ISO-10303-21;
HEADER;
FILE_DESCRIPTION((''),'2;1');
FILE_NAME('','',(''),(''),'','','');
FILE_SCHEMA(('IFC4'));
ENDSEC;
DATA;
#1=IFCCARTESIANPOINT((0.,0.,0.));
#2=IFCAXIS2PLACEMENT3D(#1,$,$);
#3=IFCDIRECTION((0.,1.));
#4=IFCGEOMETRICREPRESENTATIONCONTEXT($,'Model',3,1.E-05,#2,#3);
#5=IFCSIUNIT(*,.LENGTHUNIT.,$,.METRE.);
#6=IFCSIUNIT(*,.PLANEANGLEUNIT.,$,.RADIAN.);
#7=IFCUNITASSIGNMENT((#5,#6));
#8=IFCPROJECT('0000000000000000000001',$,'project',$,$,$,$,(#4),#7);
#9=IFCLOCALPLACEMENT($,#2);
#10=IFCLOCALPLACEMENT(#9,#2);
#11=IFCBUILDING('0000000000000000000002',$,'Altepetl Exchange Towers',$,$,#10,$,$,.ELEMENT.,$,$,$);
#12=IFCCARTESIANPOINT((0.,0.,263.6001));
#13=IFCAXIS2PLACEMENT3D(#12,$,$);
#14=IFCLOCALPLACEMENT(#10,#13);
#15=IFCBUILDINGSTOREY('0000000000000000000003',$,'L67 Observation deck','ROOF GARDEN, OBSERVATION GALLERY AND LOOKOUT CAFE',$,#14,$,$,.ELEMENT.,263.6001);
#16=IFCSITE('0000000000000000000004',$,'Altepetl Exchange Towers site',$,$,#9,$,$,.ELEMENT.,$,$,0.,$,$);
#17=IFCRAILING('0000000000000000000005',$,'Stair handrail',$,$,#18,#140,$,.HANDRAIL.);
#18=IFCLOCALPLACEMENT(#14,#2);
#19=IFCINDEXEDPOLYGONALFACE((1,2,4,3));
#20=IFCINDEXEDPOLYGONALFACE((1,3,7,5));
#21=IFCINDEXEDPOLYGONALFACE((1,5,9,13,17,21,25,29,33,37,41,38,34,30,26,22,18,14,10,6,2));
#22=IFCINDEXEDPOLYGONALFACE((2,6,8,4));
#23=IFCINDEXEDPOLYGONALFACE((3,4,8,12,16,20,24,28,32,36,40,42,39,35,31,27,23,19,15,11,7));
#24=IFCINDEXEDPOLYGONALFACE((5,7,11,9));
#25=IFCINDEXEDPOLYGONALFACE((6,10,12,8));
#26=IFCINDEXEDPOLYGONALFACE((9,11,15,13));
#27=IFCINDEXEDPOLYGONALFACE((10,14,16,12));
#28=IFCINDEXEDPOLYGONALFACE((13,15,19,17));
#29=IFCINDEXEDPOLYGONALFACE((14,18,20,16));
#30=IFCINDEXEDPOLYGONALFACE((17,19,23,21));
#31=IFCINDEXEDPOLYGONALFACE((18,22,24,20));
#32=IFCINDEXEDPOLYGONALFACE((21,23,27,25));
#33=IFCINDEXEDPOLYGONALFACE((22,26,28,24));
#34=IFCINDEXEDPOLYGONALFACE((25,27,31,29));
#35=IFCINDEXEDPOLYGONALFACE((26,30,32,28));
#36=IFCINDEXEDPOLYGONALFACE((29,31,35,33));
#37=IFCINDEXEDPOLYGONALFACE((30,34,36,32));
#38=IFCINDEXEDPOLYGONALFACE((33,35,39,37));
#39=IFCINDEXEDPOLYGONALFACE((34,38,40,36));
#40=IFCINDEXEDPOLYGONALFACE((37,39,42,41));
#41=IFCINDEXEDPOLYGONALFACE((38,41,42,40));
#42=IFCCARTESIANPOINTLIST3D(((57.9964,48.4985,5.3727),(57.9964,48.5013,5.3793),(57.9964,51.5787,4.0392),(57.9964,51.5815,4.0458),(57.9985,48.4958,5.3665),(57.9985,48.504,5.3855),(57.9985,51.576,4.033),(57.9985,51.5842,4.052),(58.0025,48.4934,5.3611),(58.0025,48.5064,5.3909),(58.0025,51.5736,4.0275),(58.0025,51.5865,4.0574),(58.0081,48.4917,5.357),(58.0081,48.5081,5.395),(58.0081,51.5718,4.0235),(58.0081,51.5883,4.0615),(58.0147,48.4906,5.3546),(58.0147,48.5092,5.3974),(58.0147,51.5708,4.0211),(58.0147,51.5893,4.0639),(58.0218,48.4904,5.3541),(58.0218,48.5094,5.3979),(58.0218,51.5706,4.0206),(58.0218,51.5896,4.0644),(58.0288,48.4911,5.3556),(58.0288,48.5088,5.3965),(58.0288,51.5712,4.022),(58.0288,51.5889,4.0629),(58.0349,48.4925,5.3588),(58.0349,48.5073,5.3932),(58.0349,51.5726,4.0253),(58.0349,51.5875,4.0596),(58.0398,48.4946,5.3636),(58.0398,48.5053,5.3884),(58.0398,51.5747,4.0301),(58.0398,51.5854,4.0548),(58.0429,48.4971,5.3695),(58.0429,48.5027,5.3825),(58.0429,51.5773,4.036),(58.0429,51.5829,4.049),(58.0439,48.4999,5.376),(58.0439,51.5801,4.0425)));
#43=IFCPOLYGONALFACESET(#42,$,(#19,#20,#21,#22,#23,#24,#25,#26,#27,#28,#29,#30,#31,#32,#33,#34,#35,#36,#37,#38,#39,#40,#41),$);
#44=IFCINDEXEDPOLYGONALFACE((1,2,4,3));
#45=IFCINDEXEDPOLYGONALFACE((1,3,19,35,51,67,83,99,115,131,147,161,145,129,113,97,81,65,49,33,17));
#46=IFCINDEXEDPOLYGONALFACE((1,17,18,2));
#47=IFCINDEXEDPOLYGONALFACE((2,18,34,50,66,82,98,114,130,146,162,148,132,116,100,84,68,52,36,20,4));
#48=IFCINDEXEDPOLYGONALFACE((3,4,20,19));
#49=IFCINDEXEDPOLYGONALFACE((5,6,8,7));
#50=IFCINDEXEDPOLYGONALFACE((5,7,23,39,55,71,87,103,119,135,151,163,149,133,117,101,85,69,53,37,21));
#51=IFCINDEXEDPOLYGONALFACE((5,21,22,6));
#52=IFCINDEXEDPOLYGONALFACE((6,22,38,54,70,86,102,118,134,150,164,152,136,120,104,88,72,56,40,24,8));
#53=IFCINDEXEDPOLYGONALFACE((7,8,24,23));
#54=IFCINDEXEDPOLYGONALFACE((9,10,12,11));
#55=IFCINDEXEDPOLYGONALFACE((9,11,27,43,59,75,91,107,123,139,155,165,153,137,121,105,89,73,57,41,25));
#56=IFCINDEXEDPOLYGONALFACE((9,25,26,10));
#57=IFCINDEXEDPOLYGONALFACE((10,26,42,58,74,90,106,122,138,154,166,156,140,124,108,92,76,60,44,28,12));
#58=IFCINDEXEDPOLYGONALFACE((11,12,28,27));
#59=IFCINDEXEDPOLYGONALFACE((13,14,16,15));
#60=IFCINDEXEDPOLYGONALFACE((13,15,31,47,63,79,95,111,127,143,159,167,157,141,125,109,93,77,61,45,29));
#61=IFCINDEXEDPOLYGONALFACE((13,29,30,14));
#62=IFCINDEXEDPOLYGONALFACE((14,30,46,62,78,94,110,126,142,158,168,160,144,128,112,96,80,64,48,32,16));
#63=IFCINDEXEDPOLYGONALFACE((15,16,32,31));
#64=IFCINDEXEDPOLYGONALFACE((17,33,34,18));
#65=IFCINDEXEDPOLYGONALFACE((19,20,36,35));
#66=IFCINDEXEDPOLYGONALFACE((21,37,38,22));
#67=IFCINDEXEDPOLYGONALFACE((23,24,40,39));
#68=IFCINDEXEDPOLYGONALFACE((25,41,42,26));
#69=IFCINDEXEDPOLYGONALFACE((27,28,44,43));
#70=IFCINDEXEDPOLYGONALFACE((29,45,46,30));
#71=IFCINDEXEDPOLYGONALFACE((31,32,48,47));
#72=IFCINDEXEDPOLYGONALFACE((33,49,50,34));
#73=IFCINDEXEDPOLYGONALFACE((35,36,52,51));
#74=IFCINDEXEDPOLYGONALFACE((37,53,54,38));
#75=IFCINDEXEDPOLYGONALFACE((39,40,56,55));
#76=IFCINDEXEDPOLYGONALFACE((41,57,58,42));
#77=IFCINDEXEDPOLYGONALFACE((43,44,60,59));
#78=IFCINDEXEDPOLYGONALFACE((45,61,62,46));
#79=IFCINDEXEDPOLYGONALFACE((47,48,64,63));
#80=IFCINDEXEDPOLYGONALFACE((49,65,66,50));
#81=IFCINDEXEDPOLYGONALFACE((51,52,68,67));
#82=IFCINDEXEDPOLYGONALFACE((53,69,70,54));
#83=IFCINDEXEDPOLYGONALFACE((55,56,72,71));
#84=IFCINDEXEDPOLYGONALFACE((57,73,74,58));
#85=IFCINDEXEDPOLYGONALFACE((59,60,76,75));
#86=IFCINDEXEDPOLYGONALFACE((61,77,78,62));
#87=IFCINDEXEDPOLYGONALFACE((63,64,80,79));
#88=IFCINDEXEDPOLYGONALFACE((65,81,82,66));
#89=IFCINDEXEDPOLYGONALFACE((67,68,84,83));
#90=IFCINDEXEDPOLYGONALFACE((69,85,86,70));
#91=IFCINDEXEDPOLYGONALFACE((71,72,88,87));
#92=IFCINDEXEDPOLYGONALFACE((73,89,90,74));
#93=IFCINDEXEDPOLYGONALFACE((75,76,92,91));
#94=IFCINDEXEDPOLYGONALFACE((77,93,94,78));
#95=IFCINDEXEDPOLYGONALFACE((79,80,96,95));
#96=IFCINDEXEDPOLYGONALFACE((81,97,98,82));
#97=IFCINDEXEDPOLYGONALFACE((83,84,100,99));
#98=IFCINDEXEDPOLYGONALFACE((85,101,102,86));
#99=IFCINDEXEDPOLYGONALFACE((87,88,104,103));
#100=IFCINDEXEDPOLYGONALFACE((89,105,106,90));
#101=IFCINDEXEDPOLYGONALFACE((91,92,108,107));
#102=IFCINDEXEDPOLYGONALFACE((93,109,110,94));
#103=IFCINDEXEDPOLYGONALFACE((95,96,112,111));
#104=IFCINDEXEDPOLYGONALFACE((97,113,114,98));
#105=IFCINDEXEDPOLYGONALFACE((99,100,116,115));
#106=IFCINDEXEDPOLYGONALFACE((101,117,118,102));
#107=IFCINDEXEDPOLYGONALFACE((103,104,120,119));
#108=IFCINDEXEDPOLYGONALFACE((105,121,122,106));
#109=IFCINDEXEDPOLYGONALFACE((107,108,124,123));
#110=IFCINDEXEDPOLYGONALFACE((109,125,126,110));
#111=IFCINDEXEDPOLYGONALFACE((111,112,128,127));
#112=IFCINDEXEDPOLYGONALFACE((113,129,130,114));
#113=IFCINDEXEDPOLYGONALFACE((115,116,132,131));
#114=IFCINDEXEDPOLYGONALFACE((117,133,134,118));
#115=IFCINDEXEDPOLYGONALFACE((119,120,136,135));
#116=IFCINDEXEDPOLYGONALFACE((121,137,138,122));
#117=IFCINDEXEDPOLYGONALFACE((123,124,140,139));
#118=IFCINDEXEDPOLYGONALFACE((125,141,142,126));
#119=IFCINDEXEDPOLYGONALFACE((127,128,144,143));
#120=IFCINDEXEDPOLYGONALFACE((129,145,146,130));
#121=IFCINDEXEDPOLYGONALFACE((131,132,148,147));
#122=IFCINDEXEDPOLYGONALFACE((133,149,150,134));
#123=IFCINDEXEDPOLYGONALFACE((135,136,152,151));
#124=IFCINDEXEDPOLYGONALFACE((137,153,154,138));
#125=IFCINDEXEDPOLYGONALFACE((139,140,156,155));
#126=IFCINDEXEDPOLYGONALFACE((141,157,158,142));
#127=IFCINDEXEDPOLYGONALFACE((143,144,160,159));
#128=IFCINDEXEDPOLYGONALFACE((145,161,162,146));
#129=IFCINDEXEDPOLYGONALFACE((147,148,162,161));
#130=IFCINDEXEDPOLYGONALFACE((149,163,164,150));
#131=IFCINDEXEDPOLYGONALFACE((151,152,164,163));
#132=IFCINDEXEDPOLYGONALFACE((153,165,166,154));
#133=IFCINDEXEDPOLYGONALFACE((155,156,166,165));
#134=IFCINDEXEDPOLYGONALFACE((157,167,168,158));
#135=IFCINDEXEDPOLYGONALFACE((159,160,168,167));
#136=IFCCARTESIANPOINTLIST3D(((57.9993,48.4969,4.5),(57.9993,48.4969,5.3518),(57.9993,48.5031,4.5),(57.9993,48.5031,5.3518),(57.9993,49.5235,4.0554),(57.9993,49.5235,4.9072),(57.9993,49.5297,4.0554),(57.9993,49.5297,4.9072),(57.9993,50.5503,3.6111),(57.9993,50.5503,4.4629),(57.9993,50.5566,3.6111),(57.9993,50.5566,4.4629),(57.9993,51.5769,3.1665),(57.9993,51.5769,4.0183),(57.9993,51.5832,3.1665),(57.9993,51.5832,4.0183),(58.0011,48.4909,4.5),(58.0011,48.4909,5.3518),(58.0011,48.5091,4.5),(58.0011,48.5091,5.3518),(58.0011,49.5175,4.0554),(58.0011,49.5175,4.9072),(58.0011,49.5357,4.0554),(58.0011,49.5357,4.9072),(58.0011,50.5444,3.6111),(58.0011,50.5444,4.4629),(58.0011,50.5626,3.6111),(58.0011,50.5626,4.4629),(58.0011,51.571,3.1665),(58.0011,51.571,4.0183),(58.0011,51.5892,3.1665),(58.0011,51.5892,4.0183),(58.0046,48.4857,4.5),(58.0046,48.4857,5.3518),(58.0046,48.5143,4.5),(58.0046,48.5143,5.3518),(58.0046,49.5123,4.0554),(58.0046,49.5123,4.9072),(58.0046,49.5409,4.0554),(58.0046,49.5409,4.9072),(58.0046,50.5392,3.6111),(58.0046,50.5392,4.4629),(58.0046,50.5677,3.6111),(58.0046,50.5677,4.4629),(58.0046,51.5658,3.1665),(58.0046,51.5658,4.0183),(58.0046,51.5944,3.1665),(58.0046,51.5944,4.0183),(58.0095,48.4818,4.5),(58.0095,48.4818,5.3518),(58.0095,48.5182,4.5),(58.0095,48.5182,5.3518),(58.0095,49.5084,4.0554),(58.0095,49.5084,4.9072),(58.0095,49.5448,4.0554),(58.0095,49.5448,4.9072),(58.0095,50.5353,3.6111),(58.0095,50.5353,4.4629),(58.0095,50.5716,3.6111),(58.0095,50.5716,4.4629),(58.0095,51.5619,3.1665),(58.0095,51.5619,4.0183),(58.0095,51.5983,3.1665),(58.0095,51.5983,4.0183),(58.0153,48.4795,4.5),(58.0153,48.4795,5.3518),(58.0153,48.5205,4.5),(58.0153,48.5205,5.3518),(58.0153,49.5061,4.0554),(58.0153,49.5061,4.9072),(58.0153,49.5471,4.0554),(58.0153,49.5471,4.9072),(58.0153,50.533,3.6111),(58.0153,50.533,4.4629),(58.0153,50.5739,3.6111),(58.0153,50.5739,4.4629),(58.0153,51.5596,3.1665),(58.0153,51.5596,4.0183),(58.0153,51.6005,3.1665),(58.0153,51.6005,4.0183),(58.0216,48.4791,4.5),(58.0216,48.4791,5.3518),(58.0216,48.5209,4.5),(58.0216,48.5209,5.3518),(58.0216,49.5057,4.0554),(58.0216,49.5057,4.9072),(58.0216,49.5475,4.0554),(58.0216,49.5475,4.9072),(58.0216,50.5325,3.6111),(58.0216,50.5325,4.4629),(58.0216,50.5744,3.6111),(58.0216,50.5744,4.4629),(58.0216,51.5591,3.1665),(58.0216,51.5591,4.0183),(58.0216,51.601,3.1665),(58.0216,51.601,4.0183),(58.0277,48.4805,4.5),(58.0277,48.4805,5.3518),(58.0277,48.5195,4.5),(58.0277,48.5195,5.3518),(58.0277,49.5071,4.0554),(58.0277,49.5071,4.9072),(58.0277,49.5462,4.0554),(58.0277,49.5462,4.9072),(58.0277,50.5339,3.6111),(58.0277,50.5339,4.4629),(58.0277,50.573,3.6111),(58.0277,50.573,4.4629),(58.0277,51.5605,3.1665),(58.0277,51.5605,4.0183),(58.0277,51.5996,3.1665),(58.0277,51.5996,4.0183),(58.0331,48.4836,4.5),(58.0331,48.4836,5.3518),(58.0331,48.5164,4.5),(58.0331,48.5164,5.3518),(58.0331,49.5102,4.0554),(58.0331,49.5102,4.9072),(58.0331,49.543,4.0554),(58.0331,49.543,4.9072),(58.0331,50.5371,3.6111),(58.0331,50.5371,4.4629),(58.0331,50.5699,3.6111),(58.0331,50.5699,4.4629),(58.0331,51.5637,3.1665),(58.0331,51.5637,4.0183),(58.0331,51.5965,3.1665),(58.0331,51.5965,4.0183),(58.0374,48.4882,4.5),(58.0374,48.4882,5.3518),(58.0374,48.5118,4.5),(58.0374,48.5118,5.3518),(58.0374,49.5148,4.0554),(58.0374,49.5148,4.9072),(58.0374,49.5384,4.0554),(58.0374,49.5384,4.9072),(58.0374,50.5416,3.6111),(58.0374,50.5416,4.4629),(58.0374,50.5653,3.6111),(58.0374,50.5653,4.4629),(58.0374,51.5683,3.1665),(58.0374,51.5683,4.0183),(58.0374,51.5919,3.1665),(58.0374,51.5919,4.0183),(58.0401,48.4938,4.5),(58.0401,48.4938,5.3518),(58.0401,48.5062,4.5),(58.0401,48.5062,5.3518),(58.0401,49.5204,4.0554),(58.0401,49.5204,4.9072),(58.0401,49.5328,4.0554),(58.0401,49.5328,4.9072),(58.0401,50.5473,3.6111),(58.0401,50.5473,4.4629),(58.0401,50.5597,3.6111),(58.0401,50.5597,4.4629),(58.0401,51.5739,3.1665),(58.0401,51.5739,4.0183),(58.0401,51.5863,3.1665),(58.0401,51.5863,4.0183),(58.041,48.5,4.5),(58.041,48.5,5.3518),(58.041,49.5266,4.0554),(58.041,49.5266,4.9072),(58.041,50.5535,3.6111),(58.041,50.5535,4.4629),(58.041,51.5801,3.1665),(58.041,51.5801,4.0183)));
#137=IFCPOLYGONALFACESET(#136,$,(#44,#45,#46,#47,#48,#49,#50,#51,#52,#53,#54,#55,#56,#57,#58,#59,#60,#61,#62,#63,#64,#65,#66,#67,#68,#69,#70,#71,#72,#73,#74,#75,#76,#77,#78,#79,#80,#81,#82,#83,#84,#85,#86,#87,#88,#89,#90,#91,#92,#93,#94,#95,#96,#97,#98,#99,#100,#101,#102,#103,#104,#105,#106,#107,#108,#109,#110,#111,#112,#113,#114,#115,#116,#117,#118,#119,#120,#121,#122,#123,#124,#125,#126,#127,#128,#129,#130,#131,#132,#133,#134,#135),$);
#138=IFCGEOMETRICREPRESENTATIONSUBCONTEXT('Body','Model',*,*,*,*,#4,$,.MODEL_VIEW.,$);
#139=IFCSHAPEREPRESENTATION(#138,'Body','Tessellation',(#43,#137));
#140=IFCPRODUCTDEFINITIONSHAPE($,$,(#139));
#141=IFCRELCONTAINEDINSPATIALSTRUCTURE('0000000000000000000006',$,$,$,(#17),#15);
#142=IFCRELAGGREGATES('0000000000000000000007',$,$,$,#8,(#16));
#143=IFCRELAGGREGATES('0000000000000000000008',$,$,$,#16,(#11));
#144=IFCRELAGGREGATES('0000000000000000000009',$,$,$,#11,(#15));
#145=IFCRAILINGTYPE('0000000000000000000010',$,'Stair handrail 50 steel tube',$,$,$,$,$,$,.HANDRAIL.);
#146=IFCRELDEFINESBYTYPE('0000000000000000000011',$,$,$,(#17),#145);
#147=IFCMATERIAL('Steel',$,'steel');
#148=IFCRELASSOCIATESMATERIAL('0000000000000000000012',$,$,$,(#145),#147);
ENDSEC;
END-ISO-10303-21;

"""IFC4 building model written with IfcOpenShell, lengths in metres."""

from ifc_helpers import new_model, si_unit, direction, frame, origin, origin_2d, place, context, subcontext, project, spatial, circle, extrude, source, transform, mapped, material, type_object, element, save


model = new_model("IFC4")

# Units and contexts
model_context = context("Model", 3, precision=1e-05, world=origin(), true_north=direction((0.0, 1.0)))
body_context = subcontext(model_context, "Body", "Model", "MODEL_VIEW")
ifc_project = project(units=[si_unit("LENGTHUNIT", "METRE"), si_unit("PLANEANGLEUNIT", "RADIAN")], contexts=[model_context])

# Site, building, storey
site_placement = place(None, origin())
site = spatial("IfcSite", under=ifc_project, at=site_placement, Name="Altepetl Exchange Towers site", CompositionType="ELEMENT", RefElevation=0.0)
building_placement = place(site_placement, origin())
building = spatial("IfcBuilding", under=site, at=building_placement, Name="Altepetl Exchange Towers", CompositionType="ELEMENT")
storey_placement = place(building_placement, frame((0.0, 0.0, 263.6001)))
storey = spatial("IfcBuildingStorey", under=building, at=storey_placement, Name="L67 Observation deck", Description="ROOF GARDEN, OBSERVATION GALLERY AND LOOKOUT CAFE", CompositionType="ELEMENT", Elevation=263.6001)

# Railing
ifc_material_1 = material(Name="Steel", Category="steel")
railing_type = type_object("IfcRailingType", Name="Stair handrail 50 steel tube", PredefinedType="HANDRAIL", material=ifc_material_1)
shared_shape = source(origin(), body_context, "Body", "SweptSolid", [
    extrude(circle(Radius=0.021, at=origin_2d()), origin(), (0.0, 0.0, 1.0), 0.8518),
])
for number, where, name in (
    (1, (58.02, 51.5801, 3.1665), "Stair handrail"),
):
    element("IfcRailing", number, at=place(storey_placement, frame(where)), inside=storey, type_object=railing_type, Name=name, PredefinedType="HANDRAIL", context=body_context, shape_type="SweptSolid", body=[
        extrude(circle(Radius=0.0239, at=origin_2d()), frame((0.0, 0.0, 0.876), z_axis=(0.0, -0.917686, 0.397305), x_axis=(1.0, 0.0, 0.0)), (0.0, 0.0, 1.0), 3.3564),
        mapped(shared_shape, transform((0.0, 0.0, 0.0))),
        mapped(shared_shape, transform((0.0, -1.0266, 0.4446))),
        mapped(shared_shape, transform((0.0, -2.0535, 0.8889))),
        mapped(shared_shape, transform((0.0, -3.0801, 1.3335))),
    ])

save(model, "model.ifc")
